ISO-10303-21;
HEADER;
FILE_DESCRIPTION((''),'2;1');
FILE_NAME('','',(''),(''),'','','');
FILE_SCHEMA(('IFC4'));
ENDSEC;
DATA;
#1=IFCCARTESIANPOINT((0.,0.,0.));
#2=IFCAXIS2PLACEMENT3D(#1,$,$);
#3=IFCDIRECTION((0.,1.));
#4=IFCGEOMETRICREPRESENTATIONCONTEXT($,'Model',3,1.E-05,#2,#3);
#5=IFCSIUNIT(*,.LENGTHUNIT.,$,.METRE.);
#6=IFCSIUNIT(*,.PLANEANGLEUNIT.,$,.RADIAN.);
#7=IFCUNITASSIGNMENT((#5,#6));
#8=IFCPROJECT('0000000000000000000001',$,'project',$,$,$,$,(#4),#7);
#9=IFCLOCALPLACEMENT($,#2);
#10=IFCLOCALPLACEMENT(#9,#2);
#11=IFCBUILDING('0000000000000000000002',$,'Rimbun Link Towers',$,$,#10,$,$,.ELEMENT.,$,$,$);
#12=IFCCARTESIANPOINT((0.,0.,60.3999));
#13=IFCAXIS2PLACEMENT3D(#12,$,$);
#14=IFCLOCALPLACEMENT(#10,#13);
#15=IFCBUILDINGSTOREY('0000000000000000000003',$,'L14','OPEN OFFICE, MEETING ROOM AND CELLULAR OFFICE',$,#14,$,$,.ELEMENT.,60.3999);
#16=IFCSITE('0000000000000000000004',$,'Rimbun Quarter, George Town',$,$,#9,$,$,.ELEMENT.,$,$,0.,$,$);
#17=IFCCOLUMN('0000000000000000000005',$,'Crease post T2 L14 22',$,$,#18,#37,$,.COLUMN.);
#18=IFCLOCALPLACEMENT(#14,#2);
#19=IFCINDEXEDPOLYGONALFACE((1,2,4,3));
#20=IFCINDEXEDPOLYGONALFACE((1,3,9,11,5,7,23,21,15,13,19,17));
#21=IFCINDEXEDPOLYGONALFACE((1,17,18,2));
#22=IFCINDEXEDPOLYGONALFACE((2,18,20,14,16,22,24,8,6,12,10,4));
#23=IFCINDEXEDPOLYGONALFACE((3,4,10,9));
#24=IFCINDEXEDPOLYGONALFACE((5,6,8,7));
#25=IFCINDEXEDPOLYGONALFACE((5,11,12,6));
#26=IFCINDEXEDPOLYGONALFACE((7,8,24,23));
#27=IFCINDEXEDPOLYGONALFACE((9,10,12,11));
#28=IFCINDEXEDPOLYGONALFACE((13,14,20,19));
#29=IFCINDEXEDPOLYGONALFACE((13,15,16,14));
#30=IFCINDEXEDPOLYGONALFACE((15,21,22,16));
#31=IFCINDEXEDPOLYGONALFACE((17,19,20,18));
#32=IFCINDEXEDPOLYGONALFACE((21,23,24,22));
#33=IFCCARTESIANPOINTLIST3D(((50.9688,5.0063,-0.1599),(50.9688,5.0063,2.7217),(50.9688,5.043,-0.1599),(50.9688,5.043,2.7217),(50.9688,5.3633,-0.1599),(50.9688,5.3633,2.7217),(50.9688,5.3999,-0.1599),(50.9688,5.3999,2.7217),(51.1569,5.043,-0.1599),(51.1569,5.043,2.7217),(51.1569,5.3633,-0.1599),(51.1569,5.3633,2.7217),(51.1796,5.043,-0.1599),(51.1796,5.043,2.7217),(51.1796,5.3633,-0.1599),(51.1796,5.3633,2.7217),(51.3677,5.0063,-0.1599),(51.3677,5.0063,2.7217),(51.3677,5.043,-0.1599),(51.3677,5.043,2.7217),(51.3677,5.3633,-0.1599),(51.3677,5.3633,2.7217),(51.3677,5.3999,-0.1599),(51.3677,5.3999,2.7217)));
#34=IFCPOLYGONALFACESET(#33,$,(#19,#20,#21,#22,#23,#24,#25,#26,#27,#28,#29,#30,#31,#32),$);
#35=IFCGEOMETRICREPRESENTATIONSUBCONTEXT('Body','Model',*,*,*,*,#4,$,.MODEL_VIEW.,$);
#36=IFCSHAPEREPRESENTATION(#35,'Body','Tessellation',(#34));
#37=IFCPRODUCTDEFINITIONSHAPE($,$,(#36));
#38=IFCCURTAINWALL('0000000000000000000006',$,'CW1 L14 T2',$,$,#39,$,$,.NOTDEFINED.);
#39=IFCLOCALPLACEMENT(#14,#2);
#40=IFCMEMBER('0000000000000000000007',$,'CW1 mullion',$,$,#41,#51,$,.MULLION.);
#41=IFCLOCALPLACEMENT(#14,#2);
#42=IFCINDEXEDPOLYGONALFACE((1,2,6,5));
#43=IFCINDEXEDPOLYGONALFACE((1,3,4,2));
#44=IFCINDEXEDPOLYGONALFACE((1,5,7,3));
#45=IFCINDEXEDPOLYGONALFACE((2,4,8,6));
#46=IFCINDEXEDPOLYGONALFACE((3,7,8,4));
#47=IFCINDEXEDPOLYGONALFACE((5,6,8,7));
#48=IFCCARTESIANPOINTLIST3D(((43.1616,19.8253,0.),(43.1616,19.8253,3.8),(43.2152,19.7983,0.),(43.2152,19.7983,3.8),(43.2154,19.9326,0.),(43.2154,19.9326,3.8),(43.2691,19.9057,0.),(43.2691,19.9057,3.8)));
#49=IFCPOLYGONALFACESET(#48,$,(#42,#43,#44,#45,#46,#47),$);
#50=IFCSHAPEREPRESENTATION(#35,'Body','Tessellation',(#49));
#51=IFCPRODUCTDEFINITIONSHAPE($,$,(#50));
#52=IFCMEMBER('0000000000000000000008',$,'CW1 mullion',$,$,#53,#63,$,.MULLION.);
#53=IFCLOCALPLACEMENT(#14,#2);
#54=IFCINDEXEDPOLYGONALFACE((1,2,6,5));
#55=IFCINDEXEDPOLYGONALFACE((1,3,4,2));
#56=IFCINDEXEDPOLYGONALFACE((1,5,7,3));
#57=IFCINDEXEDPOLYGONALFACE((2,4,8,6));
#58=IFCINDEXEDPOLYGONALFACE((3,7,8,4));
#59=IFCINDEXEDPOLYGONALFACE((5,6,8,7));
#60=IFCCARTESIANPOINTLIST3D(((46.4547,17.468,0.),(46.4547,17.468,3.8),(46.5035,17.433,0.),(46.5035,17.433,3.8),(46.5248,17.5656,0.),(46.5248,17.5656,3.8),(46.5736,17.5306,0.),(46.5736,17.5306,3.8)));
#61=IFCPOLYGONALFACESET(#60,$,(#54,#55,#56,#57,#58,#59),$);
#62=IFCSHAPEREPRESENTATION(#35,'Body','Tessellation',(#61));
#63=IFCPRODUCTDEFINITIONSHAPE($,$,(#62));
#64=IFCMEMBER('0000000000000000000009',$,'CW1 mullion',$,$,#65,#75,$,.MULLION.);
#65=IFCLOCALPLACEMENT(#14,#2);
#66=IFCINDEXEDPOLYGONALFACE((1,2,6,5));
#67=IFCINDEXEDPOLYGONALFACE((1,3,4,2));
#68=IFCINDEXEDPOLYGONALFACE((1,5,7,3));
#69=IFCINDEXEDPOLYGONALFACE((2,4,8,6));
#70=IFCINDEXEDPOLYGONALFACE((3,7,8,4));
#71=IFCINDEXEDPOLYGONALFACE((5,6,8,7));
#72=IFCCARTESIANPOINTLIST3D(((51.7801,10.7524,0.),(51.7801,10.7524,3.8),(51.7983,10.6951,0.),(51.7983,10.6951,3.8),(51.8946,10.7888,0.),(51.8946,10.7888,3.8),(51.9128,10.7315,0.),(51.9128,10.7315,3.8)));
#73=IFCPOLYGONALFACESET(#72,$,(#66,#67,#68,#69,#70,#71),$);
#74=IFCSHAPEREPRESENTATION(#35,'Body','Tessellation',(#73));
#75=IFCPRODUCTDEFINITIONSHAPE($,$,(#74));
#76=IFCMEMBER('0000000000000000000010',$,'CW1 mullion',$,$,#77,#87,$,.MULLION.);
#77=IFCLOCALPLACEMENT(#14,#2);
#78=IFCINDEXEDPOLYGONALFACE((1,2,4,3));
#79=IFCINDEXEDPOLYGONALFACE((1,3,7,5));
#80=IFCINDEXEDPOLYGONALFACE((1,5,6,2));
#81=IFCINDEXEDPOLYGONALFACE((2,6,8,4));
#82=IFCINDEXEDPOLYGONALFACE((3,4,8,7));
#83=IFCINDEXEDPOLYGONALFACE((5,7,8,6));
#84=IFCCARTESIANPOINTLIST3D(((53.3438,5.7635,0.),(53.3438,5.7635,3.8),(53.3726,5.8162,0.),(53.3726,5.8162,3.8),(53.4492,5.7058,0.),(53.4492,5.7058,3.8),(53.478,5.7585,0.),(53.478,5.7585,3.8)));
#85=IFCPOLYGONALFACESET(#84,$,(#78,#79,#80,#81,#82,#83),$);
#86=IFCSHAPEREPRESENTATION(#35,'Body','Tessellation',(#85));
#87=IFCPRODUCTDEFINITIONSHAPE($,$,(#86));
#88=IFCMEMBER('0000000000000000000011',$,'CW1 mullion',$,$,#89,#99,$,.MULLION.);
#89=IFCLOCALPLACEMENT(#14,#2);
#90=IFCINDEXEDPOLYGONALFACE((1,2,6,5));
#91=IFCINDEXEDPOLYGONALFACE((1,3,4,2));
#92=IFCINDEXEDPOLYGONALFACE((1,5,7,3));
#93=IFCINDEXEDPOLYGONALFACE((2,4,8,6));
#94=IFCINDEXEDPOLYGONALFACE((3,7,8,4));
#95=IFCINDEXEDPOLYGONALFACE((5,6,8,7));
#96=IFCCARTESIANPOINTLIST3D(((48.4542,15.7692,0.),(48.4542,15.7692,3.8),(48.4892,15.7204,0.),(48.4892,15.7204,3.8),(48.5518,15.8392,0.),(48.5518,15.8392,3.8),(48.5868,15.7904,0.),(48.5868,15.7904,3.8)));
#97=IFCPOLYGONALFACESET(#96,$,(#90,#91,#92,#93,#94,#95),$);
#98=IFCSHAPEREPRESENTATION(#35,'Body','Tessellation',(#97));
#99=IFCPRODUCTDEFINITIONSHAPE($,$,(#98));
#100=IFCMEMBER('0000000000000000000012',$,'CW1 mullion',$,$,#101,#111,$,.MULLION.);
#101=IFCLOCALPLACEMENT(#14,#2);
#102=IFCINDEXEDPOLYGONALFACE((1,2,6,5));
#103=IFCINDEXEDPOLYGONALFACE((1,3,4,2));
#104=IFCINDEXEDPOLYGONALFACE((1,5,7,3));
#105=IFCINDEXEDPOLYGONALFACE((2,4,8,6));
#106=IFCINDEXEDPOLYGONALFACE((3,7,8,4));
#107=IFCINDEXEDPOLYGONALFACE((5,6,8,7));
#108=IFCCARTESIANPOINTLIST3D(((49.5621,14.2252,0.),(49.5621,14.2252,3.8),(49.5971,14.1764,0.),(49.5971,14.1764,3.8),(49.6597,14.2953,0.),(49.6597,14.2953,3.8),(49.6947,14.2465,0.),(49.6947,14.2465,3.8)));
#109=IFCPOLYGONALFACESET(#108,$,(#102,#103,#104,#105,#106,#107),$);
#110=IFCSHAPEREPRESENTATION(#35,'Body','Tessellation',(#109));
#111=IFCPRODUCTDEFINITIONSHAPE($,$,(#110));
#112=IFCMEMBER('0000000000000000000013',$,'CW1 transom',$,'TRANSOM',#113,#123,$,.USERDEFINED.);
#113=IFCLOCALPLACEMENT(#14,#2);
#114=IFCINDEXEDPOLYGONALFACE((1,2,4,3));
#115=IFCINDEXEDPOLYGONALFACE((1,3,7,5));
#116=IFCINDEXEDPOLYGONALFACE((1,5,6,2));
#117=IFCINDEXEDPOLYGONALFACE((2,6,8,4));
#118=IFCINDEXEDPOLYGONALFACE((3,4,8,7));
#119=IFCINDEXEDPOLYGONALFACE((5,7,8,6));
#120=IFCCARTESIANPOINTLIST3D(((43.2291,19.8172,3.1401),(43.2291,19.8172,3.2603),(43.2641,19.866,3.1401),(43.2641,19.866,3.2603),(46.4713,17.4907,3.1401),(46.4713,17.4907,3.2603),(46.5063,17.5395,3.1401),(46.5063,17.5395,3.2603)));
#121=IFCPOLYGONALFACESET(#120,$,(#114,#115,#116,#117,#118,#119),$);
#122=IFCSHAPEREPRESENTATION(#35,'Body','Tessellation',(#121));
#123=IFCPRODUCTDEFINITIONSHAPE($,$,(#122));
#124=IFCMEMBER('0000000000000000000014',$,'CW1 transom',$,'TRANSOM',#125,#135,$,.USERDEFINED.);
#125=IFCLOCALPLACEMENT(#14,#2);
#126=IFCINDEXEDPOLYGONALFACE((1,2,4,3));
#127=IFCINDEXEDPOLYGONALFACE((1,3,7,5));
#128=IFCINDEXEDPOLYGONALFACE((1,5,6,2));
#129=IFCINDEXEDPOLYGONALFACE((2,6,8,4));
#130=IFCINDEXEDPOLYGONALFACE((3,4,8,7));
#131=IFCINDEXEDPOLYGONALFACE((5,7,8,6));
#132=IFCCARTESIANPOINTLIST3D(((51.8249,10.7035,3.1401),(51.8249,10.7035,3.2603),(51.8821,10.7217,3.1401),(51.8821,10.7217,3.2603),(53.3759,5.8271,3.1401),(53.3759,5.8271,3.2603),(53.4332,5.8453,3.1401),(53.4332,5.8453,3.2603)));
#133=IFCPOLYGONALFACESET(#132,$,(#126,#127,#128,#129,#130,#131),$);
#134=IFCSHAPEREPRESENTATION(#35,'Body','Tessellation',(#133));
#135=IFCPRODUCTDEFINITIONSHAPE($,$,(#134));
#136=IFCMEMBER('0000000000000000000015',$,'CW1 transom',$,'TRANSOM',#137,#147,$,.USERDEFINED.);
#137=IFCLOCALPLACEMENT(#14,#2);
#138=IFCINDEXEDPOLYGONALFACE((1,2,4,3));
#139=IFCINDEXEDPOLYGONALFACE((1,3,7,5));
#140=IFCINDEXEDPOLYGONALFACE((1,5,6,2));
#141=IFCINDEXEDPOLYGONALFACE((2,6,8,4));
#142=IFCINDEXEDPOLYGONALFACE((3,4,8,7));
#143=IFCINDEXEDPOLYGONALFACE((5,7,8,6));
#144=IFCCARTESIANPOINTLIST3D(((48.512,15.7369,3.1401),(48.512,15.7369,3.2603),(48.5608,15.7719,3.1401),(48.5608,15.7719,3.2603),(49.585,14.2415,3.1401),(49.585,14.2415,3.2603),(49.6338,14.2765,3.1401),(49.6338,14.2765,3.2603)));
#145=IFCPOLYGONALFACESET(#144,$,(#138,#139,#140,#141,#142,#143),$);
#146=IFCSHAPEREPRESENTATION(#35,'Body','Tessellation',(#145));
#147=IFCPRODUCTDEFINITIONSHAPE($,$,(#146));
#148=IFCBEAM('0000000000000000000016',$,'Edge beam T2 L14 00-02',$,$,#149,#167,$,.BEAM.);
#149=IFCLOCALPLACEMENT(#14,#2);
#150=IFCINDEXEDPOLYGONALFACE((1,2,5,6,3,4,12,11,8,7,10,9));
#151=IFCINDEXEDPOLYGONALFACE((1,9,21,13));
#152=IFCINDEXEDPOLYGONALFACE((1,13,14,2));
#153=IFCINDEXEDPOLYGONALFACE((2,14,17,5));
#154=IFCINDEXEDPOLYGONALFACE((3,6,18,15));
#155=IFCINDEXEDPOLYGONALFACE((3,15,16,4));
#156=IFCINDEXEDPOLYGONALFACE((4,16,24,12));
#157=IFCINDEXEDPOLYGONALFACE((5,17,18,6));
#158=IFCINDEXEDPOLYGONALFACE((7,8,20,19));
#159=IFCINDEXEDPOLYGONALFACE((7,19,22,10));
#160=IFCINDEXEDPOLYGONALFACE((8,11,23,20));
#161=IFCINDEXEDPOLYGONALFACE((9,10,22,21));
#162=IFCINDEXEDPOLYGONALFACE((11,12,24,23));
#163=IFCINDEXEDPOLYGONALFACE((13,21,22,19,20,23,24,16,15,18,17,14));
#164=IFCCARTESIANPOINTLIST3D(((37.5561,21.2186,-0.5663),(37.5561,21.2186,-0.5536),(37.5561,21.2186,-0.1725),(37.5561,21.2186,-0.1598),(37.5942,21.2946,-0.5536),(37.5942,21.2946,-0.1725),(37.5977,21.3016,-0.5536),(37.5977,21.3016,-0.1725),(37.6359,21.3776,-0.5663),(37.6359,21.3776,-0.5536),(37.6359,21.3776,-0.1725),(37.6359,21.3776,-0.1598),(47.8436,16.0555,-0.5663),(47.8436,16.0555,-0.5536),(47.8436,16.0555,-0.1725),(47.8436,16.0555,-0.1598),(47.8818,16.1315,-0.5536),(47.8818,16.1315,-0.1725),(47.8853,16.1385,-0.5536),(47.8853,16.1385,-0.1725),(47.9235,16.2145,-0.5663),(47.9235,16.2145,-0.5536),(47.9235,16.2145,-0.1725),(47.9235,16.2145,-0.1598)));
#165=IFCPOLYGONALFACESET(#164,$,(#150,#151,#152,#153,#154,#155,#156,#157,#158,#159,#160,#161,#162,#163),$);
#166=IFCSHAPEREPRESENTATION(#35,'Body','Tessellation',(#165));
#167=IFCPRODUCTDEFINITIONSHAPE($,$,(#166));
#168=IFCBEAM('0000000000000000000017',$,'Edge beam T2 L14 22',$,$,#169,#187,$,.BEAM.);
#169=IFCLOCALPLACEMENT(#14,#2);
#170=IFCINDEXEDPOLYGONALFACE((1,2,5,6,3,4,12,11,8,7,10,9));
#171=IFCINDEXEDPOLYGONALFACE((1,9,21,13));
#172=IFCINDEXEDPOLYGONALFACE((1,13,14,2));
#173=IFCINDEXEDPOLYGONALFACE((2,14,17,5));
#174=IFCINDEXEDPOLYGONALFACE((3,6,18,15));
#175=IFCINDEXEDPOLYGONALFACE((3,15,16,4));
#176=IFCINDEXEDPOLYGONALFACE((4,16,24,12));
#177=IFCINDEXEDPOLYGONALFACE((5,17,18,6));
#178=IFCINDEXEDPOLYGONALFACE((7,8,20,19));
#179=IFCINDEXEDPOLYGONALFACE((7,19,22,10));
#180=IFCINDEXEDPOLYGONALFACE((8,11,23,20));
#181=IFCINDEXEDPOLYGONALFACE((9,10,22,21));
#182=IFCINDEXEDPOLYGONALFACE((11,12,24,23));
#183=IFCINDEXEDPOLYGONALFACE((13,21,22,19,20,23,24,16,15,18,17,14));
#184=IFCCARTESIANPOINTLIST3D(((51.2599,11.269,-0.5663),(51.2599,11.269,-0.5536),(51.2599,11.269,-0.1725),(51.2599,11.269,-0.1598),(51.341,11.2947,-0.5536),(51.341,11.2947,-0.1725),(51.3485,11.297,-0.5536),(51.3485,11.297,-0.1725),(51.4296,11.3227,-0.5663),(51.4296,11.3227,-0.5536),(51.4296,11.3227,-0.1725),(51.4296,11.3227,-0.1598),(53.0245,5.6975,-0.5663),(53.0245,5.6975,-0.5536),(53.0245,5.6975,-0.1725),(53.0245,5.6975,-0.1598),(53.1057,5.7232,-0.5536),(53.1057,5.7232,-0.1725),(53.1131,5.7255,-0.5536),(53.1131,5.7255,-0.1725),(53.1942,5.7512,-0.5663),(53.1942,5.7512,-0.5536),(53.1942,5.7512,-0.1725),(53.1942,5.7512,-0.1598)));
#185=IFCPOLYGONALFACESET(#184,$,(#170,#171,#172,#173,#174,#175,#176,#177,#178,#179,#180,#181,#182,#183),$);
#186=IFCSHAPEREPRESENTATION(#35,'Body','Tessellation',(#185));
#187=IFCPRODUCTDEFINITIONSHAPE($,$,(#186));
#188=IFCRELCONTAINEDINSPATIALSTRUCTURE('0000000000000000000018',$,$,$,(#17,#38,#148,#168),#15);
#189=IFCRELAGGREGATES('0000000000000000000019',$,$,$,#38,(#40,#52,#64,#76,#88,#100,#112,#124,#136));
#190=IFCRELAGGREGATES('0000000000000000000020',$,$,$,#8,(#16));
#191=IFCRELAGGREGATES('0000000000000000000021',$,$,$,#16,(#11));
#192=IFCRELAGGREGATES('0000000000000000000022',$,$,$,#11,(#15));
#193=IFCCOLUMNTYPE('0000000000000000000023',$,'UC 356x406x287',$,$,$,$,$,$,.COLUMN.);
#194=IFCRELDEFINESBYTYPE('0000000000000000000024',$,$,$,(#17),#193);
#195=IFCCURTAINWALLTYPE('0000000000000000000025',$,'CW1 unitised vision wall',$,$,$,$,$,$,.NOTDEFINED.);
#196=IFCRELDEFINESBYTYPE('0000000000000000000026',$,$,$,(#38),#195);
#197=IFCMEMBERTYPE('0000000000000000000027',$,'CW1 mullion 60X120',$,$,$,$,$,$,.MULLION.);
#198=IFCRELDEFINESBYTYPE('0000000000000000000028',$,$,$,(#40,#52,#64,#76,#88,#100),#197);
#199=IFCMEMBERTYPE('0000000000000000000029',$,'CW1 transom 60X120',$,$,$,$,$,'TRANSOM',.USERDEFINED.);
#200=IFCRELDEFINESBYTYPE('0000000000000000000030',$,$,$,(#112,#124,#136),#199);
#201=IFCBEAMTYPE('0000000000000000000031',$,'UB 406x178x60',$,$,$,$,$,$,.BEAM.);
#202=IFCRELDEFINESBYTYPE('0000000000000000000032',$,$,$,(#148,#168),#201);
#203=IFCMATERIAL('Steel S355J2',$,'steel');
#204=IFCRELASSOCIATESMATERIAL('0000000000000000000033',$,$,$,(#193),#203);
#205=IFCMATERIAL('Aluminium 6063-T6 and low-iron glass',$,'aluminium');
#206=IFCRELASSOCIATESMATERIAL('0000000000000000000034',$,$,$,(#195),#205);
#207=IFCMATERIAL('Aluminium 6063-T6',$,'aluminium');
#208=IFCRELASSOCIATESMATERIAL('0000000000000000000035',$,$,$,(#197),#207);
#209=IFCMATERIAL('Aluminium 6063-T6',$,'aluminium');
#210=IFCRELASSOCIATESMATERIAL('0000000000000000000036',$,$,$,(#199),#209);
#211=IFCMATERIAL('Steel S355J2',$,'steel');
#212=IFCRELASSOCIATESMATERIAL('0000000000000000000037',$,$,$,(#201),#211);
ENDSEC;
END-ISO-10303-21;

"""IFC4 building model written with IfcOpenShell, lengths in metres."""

from ifc_helpers import new_model, si_unit, direction, frame, origin, origin_2d, place, context, subcontext, project, spatial, rectangle, i_section, extrude, material, material_profile, profile_set, type_object, element, aggregate, save


model = new_model("IFC4")

# Units and contexts
model_context = context("Model", 3, precision=1e-05, world=origin(), true_north=direction((0.0, 1.0)))
body_context = subcontext(model_context, "Body", "Model", "MODEL_VIEW")
ifc_project = project(units=[si_unit("LENGTHUNIT", "METRE"), si_unit("PLANEANGLEUNIT", "RADIAN")], contexts=[model_context])

# Site, building, storey
site_placement = place(None, origin())
site = spatial("IfcSite", under=ifc_project, at=site_placement, Name="Rimbun Quarter, George Town", CompositionType="ELEMENT", RefElevation=0.0)
building_placement = place(site_placement, origin())
building = spatial("IfcBuilding", under=site, at=building_placement, Name="Rimbun Link Towers", CompositionType="ELEMENT")
storey_placement = place(building_placement, frame((0.0, 0.0, 60.3999)))
storey = spatial("IfcBuildingStorey", under=building, at=storey_placement, Name="L14", Description="OPEN OFFICE, MEETING ROOM AND CELLULAR OFFICE", CompositionType="ELEMENT", Elevation=60.3999)

# Column
ifc_material_1 = material(Name="Steel S355J2", Category="steel")
ifc_material_profile_1 = material_profile(ifc_material_1, i_section(OverallWidth=0.3989, OverallDepth=0.3936, WebThickness=0.0227, FlangeThickness=0.0366, at=origin_2d()), Name="UC 356x406x287")
ifc_profile_set_1 = profile_set([ifc_material_profile_1], Name="Steel S355J2")
column_type = type_object("IfcColumnType", Name="UC 356x406x287", PredefinedType="COLUMN", material=ifc_profile_set_1)
column_placement = place(storey_placement, frame((51.1682, 5.2031, -0.1599), z_axis=(0.0, 0.0, 1.0), x_axis=(1.0, 0.0, 0.0)))
element("IfcColumn", 1, at=column_placement, inside=storey, type_object=column_type, Name="Crease post T2 L14 22", PredefinedType="COLUMN", context=body_context, shape_type="SweptSolid", body=[
    extrude(i_section(OverallWidth=0.3989, OverallDepth=0.3936, WebThickness=0.0227, FlangeThickness=0.0366, at=origin_2d()), origin(), (0.0, 0.0, 1.0), 2.8816),
])

# Curtain wall, members
ifc_material_2 = material(Name="Aluminium 6063-T6 and low-iron glass", Category="aluminium")
curtain_wall_type = type_object("IfcCurtainWallType", Name="CW1 unitised vision wall", PredefinedType="NOTDEFINED", material=ifc_material_2)
curtain_wall_placement = place(storey_placement, origin())
curtain_wall = element("IfcCurtainWall", 2, at=curtain_wall_placement, inside=storey, type_object=curtain_wall_type, Name="CW1 L14 T2", PredefinedType="NOTDEFINED")
ifc_material_3 = material(Name="Aluminium 6063-T6", Category="aluminium")
ifc_material_profile_2 = material_profile(ifc_material_3, rectangle(XDim=0.1201, YDim=0.0601, at=origin_2d()), Name="MULLION 60X120")
ifc_profile_set_2 = profile_set([ifc_material_profile_2], Name="Aluminium 6063-T6")
member_type_1 = type_object("IfcMemberType", Name="CW1 mullion 60X120", PredefinedType="MULLION", material=ifc_profile_set_2)
member_1_placement = place(storey_placement, frame((43.2153, 19.8655, 0.0), z_axis=(0.0, 0.0, 1.0), x_axis=(0.448574, 0.893746, 0.0)))
member_1 = element("IfcMember", 3, at=member_1_placement, type_object=member_type_1, Name="CW1 mullion", PredefinedType="MULLION", context=body_context, shape_type="SweptSolid", body=[
    extrude(rectangle(XDim=0.1201, YDim=0.0601, at=origin_2d()), origin(), (0.0, 0.0, 1.0), 3.8),
])
member_2_placement = place(storey_placement, frame((46.5142, 17.4993, 0.0), z_axis=(0.0, 0.0, 1.0), x_axis=(0.583004, 0.812469, 0.0)))
member_2 = element("IfcMember", 4, at=member_2_placement, type_object=member_type_1, Name="CW1 mullion", PredefinedType="MULLION", context=body_context, shape_type="SweptSolid", body=[
    extrude(rectangle(XDim=0.1201, YDim=0.0601, at=origin_2d()), origin(), (0.0, 0.0, 1.0), 3.8),
])
member_3_placement = place(storey_placement, frame((51.8464, 10.7419, 0.0), z_axis=(0.0, 0.0, 1.0), x_axis=(0.952967, 0.303073, 0.0)))
member_3 = element("IfcMember", 5, at=member_3_placement, type_object=member_type_1, Name="CW1 mullion", PredefinedType="MULLION", context=body_context, shape_type="SweptSolid", body=[
    extrude(rectangle(XDim=0.1201, YDim=0.0601, at=origin_2d()), origin(), (0.0, 0.0, 1.0), 3.8),
])
member_4_placement = place(storey_placement, frame((53.4109, 5.761, 0.0), z_axis=(0.0, 0.0, 1.0), x_axis=(0.877319, -0.479908, 0.0)))
member_4 = element("IfcMember", 6, at=member_4_placement, type_object=member_type_1, Name="CW1 mullion", PredefinedType="MULLION", context=body_context, shape_type="SweptSolid", body=[
    extrude(rectangle(XDim=0.1201, YDim=0.0601, at=origin_2d()), origin(), (0.0, 0.0, 1.0), 3.8),
])
member_5_placement = place(storey_placement, frame((48.5205, 15.7798, 0.0), z_axis=(0.0, 0.0, 1.0), x_axis=(0.812469, 0.583004, 0.0)))
member_5 = element("IfcMember", 7, at=member_5_placement, type_object=member_type_1, Name="CW1 mullion", PredefinedType="MULLION", context=body_context, shape_type="SweptSolid", body=[
    extrude(rectangle(XDim=0.1201, YDim=0.0601, at=origin_2d()), origin(), (0.0, 0.0, 1.0), 3.8),
])
member_6_placement = place(storey_placement, frame((49.6284, 14.2358, 0.0), z_axis=(0.0, 0.0, 1.0), x_axis=(0.812469, 0.583004, 0.0)))
member_6 = element("IfcMember", 8, at=member_6_placement, type_object=member_type_1, Name="CW1 mullion", PredefinedType="MULLION", context=body_context, shape_type="SweptSolid", body=[
    extrude(rectangle(XDim=0.1201, YDim=0.0601, at=origin_2d()), origin(), (0.0, 0.0, 1.0), 3.8),
])
ifc_material_4 = material(Name="Aluminium 6063-T6", Category="aluminium")
ifc_material_profile_3 = material_profile(ifc_material_4, rectangle(XDim=0.0601, YDim=0.1201, at=origin_2d()), Name="TRANSOM 60X120")
ifc_profile_set_3 = profile_set([ifc_material_profile_3], Name="Aluminium 6063-T6")
member_type_2 = type_object("IfcMemberType", Name="CW1 transom 60X120", ElementType="TRANSOM", PredefinedType="USERDEFINED", material=ifc_profile_set_3)
member_7_placement = place(storey_placement, frame((43.2466, 19.8416, 3.2002), z_axis=(0.812479, -0.58299, 0.0), x_axis=(0.58299, 0.812479, 0.0)))
member_7 = element("IfcMember", 9, at=member_7_placement, type_object=member_type_2, Name="CW1 transom", ObjectType="TRANSOM", PredefinedType="USERDEFINED", context=body_context, shape_type="SweptSolid", body=[
    extrude(rectangle(XDim=0.0601, YDim=0.1201, at=origin_2d()), origin(), (0.0, 0.0, 1.0), 3.9905),
])
member_8_placement = place(storey_placement, frame((51.8535, 10.7126, 3.2002), z_axis=(0.303101, -0.952958, 0.0), x_axis=(0.952958, 0.303101, 0.0)))
member_8 = element("IfcMember", 10, at=member_8_placement, type_object=member_type_2, Name="CW1 transom", ObjectType="TRANSOM", PredefinedType="USERDEFINED", context=body_context, shape_type="SweptSolid", body=[
    extrude(rectangle(XDim=0.0601, YDim=0.1201, at=origin_2d()), origin(), (0.0, 0.0, 1.0), 5.1172),
])
member_9_placement = place(storey_placement, frame((48.5364, 15.7544, 3.2002), z_axis=(0.582994, -0.812477, 0.0), x_axis=(0.812477, 0.582994, 0.0)))
member_9 = element("IfcMember", 11, at=member_9_placement, type_object=member_type_2, Name="CW1 transom", ObjectType="TRANSOM", PredefinedType="USERDEFINED", context=body_context, shape_type="SweptSolid", body=[
    extrude(rectangle(XDim=0.0601, YDim=0.1201, at=origin_2d()), origin(), (0.0, 0.0, 1.0), 1.8406),
])

# Beams
ifc_material_5 = material(Name="Steel S355J2", Category="steel")
ifc_material_profile_4 = material_profile(ifc_material_5, i_section(OverallWidth=0.178, OverallDepth=0.4065, WebThickness=0.0078, FlangeThickness=0.0127, at=origin_2d()), Name="UB 406x178x60")
ifc_profile_set_4 = profile_set([ifc_material_profile_4], Name="Steel S355J2")
beam_type_1 = type_object("IfcBeamType", Name="UB 406x178x60", PredefinedType="BEAM", material=ifc_profile_set_4)
beam_1_placement = place(storey_placement, frame((47.8835, 16.135, -0.363), z_axis=(-0.893756, 0.448554, 0.0), x_axis=(-0.448554, -0.893756, 0.0)))
element("IfcBeam", 12, at=beam_1_placement, inside=storey, type_object=beam_type_1, Name="Edge beam T2 L14 00-02", PredefinedType="BEAM", context=body_context, shape_type="SweptSolid", body=[
    extrude(i_section(OverallWidth=0.178, OverallDepth=0.4065, WebThickness=0.0078, FlangeThickness=0.0127, at=origin_2d()), origin(), (0.0, 0.0, 1.0), 11.5105),
])
beam_2_placement = place(storey_placement, frame((53.1094, 5.7244, -0.363), z_axis=(-0.301943, 0.953326, 0.0), x_axis=(-0.953326, -0.301943, 0.0)))
element("IfcBeam", 13, at=beam_2_placement, inside=storey, type_object=beam_type_1, Name="Edge beam T2 L14 22", PredefinedType="BEAM", context=body_context, shape_type="SweptSolid", body=[
    extrude(i_section(OverallWidth=0.178, OverallDepth=0.4065, WebThickness=0.0078, FlangeThickness=0.0127, at=origin_2d()), origin(), (0.0, 0.0, 1.0), 5.8442),
])

aggregate(curtain_wall, [member_1, member_2, member_3, member_4, member_5, member_6, member_7, member_8, member_9])

save(model, "model.ifc")
